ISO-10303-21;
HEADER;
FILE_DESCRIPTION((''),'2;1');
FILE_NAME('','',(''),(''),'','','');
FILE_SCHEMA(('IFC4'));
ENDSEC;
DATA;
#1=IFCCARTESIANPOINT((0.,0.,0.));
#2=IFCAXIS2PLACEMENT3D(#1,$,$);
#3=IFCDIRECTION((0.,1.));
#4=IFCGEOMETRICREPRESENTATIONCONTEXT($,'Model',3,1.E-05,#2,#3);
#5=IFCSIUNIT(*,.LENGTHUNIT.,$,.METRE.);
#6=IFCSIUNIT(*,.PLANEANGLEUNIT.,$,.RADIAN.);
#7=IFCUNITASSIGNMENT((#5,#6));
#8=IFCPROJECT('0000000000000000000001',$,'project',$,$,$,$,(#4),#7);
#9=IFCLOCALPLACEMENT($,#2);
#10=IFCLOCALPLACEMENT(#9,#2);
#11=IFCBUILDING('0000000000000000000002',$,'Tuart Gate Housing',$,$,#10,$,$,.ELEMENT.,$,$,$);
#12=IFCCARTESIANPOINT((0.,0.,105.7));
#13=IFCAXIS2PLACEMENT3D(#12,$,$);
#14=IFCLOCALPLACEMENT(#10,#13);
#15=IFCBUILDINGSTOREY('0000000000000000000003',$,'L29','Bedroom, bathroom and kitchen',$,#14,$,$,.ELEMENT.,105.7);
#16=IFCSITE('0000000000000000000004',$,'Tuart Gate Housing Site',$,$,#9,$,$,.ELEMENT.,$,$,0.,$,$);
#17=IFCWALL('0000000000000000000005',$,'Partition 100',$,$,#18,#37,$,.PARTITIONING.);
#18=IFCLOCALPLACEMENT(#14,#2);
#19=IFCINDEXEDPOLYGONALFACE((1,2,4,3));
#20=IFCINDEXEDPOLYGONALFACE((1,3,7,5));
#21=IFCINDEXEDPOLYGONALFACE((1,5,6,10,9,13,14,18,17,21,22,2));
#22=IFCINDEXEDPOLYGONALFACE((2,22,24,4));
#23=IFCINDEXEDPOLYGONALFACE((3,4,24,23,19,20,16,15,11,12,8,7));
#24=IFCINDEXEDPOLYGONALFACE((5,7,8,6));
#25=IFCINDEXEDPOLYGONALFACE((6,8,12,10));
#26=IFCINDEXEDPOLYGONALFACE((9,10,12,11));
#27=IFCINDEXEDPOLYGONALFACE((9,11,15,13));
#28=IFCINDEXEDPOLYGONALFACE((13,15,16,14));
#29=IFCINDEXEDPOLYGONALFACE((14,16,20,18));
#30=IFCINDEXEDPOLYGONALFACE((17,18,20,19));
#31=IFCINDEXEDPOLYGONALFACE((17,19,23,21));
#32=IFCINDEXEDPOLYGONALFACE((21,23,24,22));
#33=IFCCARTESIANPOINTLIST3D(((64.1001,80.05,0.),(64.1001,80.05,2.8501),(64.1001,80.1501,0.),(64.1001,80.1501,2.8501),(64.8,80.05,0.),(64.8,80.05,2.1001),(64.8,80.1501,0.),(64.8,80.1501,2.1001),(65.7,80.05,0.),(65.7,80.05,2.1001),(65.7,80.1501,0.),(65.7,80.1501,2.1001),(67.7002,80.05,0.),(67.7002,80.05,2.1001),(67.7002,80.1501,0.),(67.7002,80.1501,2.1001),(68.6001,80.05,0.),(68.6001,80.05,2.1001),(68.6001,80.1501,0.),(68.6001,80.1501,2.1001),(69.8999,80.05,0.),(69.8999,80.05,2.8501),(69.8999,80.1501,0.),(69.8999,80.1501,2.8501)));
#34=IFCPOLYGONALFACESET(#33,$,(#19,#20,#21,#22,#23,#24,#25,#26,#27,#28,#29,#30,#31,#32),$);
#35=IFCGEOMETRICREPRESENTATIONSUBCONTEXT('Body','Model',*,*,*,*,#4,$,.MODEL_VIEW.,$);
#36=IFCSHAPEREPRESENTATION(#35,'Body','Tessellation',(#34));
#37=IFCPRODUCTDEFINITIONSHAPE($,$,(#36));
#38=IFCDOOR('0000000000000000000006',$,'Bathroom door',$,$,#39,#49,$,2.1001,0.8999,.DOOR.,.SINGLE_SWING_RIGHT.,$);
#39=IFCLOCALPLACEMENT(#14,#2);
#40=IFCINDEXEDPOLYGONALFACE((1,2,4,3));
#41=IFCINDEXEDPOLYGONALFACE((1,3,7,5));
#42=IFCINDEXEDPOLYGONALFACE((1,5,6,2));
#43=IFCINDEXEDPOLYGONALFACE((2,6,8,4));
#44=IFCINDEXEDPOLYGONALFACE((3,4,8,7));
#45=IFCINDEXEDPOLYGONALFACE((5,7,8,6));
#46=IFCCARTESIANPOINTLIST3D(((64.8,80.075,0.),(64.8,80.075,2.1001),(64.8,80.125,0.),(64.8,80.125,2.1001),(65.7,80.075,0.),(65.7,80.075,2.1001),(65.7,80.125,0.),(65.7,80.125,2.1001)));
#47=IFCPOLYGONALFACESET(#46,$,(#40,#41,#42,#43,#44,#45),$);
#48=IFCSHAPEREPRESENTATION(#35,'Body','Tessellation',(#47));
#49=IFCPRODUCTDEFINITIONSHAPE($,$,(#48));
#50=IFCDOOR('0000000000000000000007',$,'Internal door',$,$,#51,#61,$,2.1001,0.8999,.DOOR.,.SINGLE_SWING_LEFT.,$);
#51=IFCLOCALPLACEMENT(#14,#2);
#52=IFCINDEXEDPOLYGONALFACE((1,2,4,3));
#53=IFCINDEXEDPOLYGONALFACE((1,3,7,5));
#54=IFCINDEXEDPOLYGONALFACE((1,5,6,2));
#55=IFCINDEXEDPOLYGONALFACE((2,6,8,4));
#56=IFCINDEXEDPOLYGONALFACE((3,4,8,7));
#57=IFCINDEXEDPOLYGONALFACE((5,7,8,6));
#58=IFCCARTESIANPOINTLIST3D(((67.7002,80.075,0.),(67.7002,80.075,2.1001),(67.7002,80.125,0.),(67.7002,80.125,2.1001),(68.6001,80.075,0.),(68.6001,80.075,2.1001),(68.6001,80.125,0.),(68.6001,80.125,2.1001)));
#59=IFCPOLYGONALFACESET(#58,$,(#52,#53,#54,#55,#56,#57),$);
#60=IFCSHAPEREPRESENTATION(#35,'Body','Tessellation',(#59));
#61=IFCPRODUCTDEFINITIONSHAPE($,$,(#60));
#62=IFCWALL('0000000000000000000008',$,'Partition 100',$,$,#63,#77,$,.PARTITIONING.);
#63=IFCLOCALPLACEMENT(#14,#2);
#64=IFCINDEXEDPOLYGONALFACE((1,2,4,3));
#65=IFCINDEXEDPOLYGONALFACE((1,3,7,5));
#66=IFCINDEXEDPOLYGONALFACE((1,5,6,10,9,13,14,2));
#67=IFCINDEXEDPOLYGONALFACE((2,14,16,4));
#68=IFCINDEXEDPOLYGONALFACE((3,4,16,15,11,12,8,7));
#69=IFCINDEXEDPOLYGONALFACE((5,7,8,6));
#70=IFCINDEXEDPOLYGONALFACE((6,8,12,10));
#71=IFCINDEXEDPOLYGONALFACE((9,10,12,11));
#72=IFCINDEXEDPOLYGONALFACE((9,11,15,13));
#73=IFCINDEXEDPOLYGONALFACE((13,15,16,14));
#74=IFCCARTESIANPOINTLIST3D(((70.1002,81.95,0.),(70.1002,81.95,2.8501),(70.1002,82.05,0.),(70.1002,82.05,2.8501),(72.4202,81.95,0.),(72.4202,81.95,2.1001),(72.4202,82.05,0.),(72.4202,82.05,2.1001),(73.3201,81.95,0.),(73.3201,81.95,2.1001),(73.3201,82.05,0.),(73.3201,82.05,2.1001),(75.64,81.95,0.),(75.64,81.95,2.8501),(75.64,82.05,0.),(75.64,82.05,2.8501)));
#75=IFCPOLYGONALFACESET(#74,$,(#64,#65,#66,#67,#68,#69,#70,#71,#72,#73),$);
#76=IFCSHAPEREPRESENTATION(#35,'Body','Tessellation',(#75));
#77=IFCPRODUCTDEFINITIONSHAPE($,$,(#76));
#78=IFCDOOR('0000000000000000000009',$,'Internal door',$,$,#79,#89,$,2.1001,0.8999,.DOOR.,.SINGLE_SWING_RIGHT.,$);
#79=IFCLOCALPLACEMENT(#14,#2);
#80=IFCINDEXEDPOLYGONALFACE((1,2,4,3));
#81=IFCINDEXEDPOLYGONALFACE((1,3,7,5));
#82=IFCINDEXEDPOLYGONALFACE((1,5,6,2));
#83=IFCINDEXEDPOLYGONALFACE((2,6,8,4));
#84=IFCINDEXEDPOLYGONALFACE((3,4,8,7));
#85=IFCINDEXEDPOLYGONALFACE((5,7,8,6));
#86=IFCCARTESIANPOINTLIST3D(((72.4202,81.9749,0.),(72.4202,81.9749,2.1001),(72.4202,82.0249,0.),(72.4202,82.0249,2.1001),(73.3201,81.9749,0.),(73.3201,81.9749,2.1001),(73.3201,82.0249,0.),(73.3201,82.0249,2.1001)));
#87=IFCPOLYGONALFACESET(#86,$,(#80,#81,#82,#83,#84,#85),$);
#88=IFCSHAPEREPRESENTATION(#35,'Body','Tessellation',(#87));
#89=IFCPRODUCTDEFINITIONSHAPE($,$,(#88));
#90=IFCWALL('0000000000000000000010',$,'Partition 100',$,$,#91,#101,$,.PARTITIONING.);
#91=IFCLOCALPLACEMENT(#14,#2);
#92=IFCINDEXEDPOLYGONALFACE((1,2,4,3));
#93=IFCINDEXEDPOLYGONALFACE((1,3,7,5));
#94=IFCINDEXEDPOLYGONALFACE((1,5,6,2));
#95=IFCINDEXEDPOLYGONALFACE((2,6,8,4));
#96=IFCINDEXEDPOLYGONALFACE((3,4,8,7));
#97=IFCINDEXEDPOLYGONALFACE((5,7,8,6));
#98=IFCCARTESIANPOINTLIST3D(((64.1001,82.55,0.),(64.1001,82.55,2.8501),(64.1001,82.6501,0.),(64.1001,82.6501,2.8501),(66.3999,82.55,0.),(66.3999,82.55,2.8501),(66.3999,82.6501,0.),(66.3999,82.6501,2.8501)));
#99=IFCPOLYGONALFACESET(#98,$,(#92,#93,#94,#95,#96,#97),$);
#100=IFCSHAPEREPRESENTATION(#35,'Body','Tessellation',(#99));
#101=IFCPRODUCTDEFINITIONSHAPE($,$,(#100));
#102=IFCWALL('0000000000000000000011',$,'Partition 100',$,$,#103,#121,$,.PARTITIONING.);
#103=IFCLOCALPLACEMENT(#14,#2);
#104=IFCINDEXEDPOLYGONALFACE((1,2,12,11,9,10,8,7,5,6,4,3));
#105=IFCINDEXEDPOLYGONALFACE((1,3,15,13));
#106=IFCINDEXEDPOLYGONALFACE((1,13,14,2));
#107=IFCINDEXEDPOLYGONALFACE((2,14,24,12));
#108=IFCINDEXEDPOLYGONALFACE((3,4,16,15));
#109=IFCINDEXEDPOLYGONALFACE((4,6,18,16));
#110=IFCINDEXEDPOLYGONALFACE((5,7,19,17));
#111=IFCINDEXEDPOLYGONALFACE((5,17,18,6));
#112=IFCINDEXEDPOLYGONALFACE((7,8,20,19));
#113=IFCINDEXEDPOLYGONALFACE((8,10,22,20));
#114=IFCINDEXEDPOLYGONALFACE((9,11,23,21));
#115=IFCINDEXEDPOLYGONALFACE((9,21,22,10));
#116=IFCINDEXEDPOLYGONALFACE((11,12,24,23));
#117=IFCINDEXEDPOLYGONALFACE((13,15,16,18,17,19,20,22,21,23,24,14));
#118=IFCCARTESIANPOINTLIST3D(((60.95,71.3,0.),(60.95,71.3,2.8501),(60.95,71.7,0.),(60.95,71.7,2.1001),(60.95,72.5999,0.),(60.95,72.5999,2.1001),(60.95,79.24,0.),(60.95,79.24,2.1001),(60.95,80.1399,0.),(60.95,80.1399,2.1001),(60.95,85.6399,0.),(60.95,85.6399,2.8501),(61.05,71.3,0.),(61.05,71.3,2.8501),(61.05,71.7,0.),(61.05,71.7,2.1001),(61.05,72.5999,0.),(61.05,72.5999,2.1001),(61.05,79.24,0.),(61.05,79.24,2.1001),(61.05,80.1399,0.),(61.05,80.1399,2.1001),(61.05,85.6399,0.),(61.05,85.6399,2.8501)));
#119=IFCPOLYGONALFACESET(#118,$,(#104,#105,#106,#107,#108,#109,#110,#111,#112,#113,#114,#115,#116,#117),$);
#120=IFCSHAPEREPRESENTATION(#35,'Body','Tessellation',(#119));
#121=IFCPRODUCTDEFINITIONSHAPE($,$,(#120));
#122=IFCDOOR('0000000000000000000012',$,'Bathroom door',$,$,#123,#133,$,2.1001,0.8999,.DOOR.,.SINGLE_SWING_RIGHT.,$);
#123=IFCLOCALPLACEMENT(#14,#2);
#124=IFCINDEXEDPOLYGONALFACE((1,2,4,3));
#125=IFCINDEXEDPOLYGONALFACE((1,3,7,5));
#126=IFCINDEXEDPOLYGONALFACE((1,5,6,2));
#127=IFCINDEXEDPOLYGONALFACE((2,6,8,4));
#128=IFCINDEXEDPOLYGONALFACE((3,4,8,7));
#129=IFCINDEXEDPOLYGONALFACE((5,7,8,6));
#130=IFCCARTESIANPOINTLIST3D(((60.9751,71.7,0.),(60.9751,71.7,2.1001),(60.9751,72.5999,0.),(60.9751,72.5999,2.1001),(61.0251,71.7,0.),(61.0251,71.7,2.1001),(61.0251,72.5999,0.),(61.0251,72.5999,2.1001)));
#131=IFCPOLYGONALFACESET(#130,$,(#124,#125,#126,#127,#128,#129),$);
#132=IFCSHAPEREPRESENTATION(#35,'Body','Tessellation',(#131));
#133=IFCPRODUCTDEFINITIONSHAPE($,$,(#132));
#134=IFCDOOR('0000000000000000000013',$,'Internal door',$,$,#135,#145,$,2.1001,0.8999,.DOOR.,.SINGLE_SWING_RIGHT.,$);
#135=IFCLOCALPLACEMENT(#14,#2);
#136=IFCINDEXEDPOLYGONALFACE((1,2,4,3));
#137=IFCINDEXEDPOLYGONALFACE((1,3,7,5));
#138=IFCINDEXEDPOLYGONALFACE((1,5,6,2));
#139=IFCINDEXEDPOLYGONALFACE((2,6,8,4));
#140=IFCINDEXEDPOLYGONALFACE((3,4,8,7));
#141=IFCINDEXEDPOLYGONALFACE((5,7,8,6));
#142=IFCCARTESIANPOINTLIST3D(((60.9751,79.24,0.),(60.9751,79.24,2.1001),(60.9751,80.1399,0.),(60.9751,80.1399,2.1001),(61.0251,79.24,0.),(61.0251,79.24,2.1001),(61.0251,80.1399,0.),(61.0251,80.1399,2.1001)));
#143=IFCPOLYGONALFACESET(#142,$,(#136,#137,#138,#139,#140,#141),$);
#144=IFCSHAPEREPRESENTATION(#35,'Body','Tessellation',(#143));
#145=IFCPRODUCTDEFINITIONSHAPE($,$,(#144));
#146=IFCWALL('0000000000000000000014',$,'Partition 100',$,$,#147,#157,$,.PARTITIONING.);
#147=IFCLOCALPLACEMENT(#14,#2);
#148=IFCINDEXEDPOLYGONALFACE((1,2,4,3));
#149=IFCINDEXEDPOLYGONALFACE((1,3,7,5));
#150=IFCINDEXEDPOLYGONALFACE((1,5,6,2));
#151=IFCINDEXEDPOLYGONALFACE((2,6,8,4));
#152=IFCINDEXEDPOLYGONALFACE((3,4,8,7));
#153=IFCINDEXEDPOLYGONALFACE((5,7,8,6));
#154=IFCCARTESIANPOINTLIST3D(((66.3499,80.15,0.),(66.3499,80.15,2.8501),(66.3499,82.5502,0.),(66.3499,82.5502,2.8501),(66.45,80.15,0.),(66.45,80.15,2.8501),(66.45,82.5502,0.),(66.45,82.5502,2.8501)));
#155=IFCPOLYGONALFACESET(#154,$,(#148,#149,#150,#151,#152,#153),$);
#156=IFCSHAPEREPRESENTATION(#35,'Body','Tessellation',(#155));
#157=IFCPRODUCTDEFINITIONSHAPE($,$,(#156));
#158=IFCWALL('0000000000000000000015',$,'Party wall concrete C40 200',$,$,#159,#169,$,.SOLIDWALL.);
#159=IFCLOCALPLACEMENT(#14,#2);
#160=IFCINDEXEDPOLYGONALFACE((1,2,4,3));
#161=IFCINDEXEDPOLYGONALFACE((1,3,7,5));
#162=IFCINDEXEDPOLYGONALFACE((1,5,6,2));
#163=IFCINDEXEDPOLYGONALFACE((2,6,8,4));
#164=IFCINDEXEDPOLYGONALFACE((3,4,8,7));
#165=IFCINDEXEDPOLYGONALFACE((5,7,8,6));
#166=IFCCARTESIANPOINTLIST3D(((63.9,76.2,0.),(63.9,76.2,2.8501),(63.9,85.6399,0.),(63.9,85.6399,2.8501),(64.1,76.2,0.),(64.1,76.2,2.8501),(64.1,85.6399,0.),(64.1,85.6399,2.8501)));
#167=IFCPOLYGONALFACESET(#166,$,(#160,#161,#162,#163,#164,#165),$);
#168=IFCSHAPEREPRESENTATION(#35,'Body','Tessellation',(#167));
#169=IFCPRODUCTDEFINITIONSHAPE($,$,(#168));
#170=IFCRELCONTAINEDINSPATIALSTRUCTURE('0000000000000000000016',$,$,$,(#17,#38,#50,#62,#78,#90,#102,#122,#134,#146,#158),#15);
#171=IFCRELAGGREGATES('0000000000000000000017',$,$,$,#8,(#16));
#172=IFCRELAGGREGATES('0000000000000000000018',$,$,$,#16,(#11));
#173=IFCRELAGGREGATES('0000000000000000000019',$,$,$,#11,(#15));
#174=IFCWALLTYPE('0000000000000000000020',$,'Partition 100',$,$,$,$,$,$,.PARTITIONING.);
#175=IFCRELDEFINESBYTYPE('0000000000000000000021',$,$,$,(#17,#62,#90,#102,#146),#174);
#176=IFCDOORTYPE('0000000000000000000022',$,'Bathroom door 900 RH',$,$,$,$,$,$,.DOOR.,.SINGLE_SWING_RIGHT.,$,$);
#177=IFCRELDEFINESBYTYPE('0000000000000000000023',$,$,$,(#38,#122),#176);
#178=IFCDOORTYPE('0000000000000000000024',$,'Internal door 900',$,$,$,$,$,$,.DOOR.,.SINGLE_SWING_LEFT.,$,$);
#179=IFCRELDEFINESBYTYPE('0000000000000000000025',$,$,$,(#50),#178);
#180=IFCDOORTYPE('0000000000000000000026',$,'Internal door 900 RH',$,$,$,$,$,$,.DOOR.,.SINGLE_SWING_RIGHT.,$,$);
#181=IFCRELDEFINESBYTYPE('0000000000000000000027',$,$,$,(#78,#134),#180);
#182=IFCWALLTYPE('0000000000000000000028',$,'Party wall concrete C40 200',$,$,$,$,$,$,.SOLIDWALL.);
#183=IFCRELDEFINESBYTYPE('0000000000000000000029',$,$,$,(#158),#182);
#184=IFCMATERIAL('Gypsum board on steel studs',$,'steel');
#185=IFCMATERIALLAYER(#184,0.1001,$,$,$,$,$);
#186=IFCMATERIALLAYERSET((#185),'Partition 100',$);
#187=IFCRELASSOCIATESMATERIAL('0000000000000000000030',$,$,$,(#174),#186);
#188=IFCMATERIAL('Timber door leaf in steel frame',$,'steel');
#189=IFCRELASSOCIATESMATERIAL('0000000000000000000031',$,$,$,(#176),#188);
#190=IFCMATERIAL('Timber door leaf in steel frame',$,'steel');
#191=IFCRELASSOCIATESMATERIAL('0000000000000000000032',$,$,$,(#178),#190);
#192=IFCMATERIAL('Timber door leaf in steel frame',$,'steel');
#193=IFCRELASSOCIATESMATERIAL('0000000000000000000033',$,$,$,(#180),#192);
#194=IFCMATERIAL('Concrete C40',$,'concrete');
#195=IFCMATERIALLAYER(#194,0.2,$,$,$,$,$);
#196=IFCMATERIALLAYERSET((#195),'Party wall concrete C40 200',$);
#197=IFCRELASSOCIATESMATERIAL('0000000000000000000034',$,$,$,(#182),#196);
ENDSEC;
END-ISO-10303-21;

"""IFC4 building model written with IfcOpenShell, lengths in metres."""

from ifc_helpers import new_model, si_unit, direction, frame, frame_2d, origin, place, context, subcontext, project, spatial, rectangle, extrude, material, layer, layer_set, type_object, element, fill, save


model = new_model("IFC4")

# Units and contexts
model_context = context("Model", 3, precision=1e-05, world=origin(), true_north=direction((0.0, 1.0)))
body_context = subcontext(model_context, "Body", "Model", "MODEL_VIEW")
ifc_project = project(units=[si_unit("LENGTHUNIT", "METRE"), si_unit("PLANEANGLEUNIT", "RADIAN")], contexts=[model_context])

# Site, building, storey
site_placement = place(None, origin())
site = spatial("IfcSite", under=ifc_project, at=site_placement, Name="Tuart Gate Housing Site", CompositionType="ELEMENT", RefElevation=0.0)
building_placement = place(site_placement, origin())
building = spatial("IfcBuilding", under=site, at=building_placement, Name="Tuart Gate Housing", CompositionType="ELEMENT")
storey_placement = place(building_placement, frame((0.0, 0.0, 105.7)))
storey = spatial("IfcBuildingStorey", under=building, at=storey_placement, Name="L29", Description="Bedroom, bathroom and kitchen", CompositionType="ELEMENT", Elevation=105.7)

# Shared definitions
ifc_material_1 = material(Name="Gypsum board on steel studs", Category="steel")
ifc_layer_1 = layer(ifc_material_1, 0.1001)
ifc_layer_set_1 = layer_set([ifc_layer_1], Name="Partition 100")
wall_type_1 = type_object("IfcWallType", Name="Partition 100", PredefinedType="PARTITIONING", material=ifc_layer_set_1)

# Wall, openings, doors
wall_1_placement = place(storey_placement, frame((64.1001, 80.1001, 0.0), z_axis=(0.0, 0.0, 1.0), x_axis=(1.0, 0.0, 0.0)))
wall_1 = element("IfcWall", 1, at=wall_1_placement, inside=storey, type_object=wall_type_1, Name="Partition 100", PredefinedType="PARTITIONING", context=body_context, shape_type="SweptSolid", body=[
    extrude(rectangle(XDim=5.7998, YDim=0.1001, at=frame_2d((2.8999, 0.0))), origin(), (0.0, 0.0, 1.0), 2.8501),
])
opening_1_placement = place(wall_1_placement, frame((3.6001, 0.0, 0.0)))
opening_1 = element("IfcOpeningElement", 2, at=opening_1_placement, cuts=wall_1, PredefinedType="OPENING", context=body_context, shape_type="SweptSolid", body=[
    extrude(rectangle(XDim=0.8999, YDim=2.1001, at=frame_2d((0.45, 1.05))), frame((0.0, 0.0601, 0.0), z_axis=(0.0, -1.0, 0.0), x_axis=(1.0, 0.0, 0.0)), (0.0, 0.0, 1.0), 0.1201),
])
opening_2_placement = place(wall_1_placement, frame((0.7, 0.0, 0.0)))
opening_2 = element("IfcOpeningElement", 3, at=opening_2_placement, cuts=wall_1, PredefinedType="OPENING", context=body_context, shape_type="SweptSolid", body=[
    extrude(rectangle(XDim=0.8999, YDim=2.1001, at=frame_2d((0.45, 1.05))), frame((0.0, 0.0601, 0.0), z_axis=(0.0, -1.0, 0.0), x_axis=(1.0, 0.0, 0.0)), (0.0, 0.0, 1.0), 0.1201),
])
ifc_material_2 = material(Name="Timber door leaf in steel frame", Category="steel")
door_type_1 = type_object("IfcDoorType", Name="Bathroom door 900 RH", OperationType="SINGLE_SWING_RIGHT", PredefinedType="DOOR", material=ifc_material_2)
door_1_placement = place(opening_2_placement, origin())
door_1 = element("IfcDoor", 4, at=door_1_placement, inside=storey, type_object=door_type_1, Name="Bathroom door", OperationType="SINGLE_SWING_RIGHT", OverallHeight=2.1001, OverallWidth=0.8999, PredefinedType="DOOR", context=body_context, shape_type="SweptSolid", body=[
    extrude(rectangle(XDim=0.8999, YDim=2.1001, at=frame_2d((0.45, 1.05))), frame((0.0, 0.0249, 0.0), z_axis=(0.0, -1.0, 0.0), x_axis=(1.0, 0.0, 0.0)), (0.0, 0.0, 1.0), 0.05),
])
fill(opening_2, door_1)
ifc_material_3 = material(Name="Timber door leaf in steel frame", Category="steel")
door_type_2 = type_object("IfcDoorType", Name="Internal door 900", OperationType="SINGLE_SWING_LEFT", PredefinedType="DOOR", material=ifc_material_3)
door_2_placement = place(opening_1_placement, origin())
door_2 = element("IfcDoor", 5, at=door_2_placement, inside=storey, type_object=door_type_2, Name="Internal door", OperationType="SINGLE_SWING_LEFT", OverallHeight=2.1001, OverallWidth=0.8999, PredefinedType="DOOR", context=body_context, shape_type="SweptSolid", body=[
    extrude(rectangle(XDim=0.8999, YDim=2.1001, at=frame_2d((0.45, 1.05))), frame((0.0, 0.0249, 0.0), z_axis=(0.0, -1.0, 0.0), x_axis=(1.0, 0.0, 0.0)), (0.0, 0.0, 1.0), 0.05),
])
fill(opening_1, door_2)

# Wall, opening, door
wall_2_placement = place(storey_placement, frame((70.1001, 82.0, 0.0), z_axis=(0.0, 0.0, 1.0), x_axis=(1.0, 0.0, 0.0)))
wall_2 = element("IfcWall", 6, at=wall_2_placement, inside=storey, type_object=wall_type_1, Name="Partition 100", PredefinedType="PARTITIONING", context=body_context, shape_type="SweptSolid", body=[
    extrude(rectangle(XDim=5.5398, YDim=0.1001, at=frame_2d((2.77, 0.0))), origin(), (0.0, 0.0, 1.0), 2.8501),
])
opening_3_placement = place(wall_2_placement, frame((2.3201, 0.0, 0.0)))
opening_3 = element("IfcOpeningElement", 7, at=opening_3_placement, cuts=wall_2, PredefinedType="OPENING", context=body_context, shape_type="SweptSolid", body=[
    extrude(rectangle(XDim=0.8999, YDim=2.1001, at=frame_2d((0.45, 1.05))), frame((0.0, 0.0601, 0.0), z_axis=(0.0, -1.0, 0.0), x_axis=(1.0, 0.0, 0.0)), (0.0, 0.0, 1.0), 0.1201),
])
ifc_material_4 = material(Name="Timber door leaf in steel frame", Category="steel")
door_type_3 = type_object("IfcDoorType", Name="Internal door 900 RH", OperationType="SINGLE_SWING_RIGHT", PredefinedType="DOOR", material=ifc_material_4)
door_3_placement = place(opening_3_placement, origin())
door_3 = element("IfcDoor", 8, at=door_3_placement, inside=storey, type_object=door_type_3, Name="Internal door", OperationType="SINGLE_SWING_RIGHT", OverallHeight=2.1001, OverallWidth=0.8999, PredefinedType="DOOR", context=body_context, shape_type="SweptSolid", body=[
    extrude(rectangle(XDim=0.8999, YDim=2.1001, at=frame_2d((0.45, 1.05))), frame((0.0, 0.0249, 0.0), z_axis=(0.0, -1.0, 0.0), x_axis=(1.0, 0.0, 0.0)), (0.0, 0.0, 1.0), 0.05),
])
fill(opening_3, door_3)

# Wall
wall_3_placement = place(storey_placement, frame((64.1001, 82.6001, 0.0), z_axis=(0.0, 0.0, 1.0), x_axis=(1.0, 0.0, 0.0)))
element("IfcWall", 9, at=wall_3_placement, inside=storey, type_object=wall_type_1, Name="Partition 100", PredefinedType="PARTITIONING", context=body_context, shape_type="SweptSolid", body=[
    extrude(rectangle(XDim=2.2998, YDim=0.1001, at=frame_2d((1.1499, 0.0))), origin(), (0.0, 0.0, 1.0), 2.8501),
])

# Wall, openings, doors
wall_4_placement = place(storey_placement, frame((61.0, 71.3, 0.0), z_axis=(0.0, 0.0, 1.0), x_axis=(0.0, 1.0, 0.0)))
wall_4 = element("IfcWall", 10, at=wall_4_placement, inside=storey, type_object=wall_type_1, Name="Partition 100", PredefinedType="PARTITIONING", context=body_context, shape_type="SweptSolid", body=[
    extrude(rectangle(XDim=14.3398, YDim=0.1001, at=frame_2d((7.1699, 0.0))), origin(), (0.0, 0.0, 1.0), 2.8501),
])
opening_4_placement = place(wall_4_placement, frame((7.9399, 0.0, 0.0)))
opening_4 = element("IfcOpeningElement", 11, at=opening_4_placement, cuts=wall_4, PredefinedType="OPENING", context=body_context, shape_type="SweptSolid", body=[
    extrude(rectangle(XDim=0.8999, YDim=2.1001, at=frame_2d((0.45, 1.05))), frame((0.0, 0.0601, 0.0), z_axis=(0.0, -1.0, 0.0), x_axis=(1.0, 0.0, 0.0)), (0.0, 0.0, 1.0), 0.1201),
])
opening_5_placement = place(wall_4_placement, frame((0.3999, 0.0, 0.0)))
opening_5 = element("IfcOpeningElement", 12, at=opening_5_placement, cuts=wall_4, PredefinedType="OPENING", context=body_context, shape_type="SweptSolid", body=[
    extrude(rectangle(XDim=0.8999, YDim=2.1001, at=frame_2d((0.45, 1.05))), frame((0.0, 0.0601, 0.0), z_axis=(0.0, -1.0, 0.0), x_axis=(1.0, 0.0, 0.0)), (0.0, 0.0, 1.0), 0.1201),
])
door_4_placement = place(opening_5_placement, frame((0.8999, 0.0, 0.0), z_axis=(0.0, 0.0, 1.0), x_axis=(-1.0, 0.0, 0.0)))
door_4 = element("IfcDoor", 13, at=door_4_placement, inside=storey, type_object=door_type_1, Name="Bathroom door", OperationType="SINGLE_SWING_RIGHT", OverallHeight=2.1001, OverallWidth=0.8999, PredefinedType="DOOR", context=body_context, shape_type="SweptSolid", body=[
    extrude(rectangle(XDim=0.8999, YDim=2.1001, at=frame_2d((0.45, 1.05))), frame((0.0, 0.0251, 0.0), z_axis=(0.0, -1.0, 0.0), x_axis=(1.0, 0.0, 0.0)), (0.0, 0.0, 1.0), 0.05),
])
fill(opening_5, door_4)
door_5_placement = place(opening_4_placement, frame((0.8999, 0.0, 0.0), z_axis=(0.0, 0.0, 1.0), x_axis=(-1.0, 0.0, 0.0)))
door_5 = element("IfcDoor", 14, at=door_5_placement, inside=storey, type_object=door_type_3, Name="Internal door", OperationType="SINGLE_SWING_RIGHT", OverallHeight=2.1001, OverallWidth=0.8999, PredefinedType="DOOR", context=body_context, shape_type="SweptSolid", body=[
    extrude(rectangle(XDim=0.8999, YDim=2.1001, at=frame_2d((0.45, 1.05))), frame((0.0, 0.0251, 0.0), z_axis=(0.0, -1.0, 0.0), x_axis=(1.0, 0.0, 0.0)), (0.0, 0.0, 1.0), 0.05),
])
fill(opening_4, door_5)

# Walls
wall_5_placement = place(storey_placement, frame((66.3999, 80.1499, 0.0), z_axis=(0.0, 0.0, 1.0), x_axis=(0.0, 1.0, 0.0)))
element("IfcWall", 15, at=wall_5_placement, inside=storey, type_object=wall_type_1, Name="Partition 100", PredefinedType="PARTITIONING", context=body_context, shape_type="SweptSolid", body=[
    extrude(rectangle(XDim=2.4001, YDim=0.1001, at=frame_2d((1.2002, 0.0))), origin(), (0.0, 0.0, 1.0), 2.8501),
])
ifc_material_5 = material(Name="Concrete C40", Category="concrete")
ifc_layer_2 = layer(ifc_material_5, 0.2)
ifc_layer_set_2 = layer_set([ifc_layer_2], Name="Party wall concrete C40 200")
wall_type_2 = type_object("IfcWallType", Name="Party wall concrete C40 200", PredefinedType="SOLIDWALL", material=ifc_layer_set_2)
wall_6_placement = place(storey_placement, frame((64.0, 76.2, 0.0), z_axis=(0.0, 0.0, 1.0), x_axis=(0.0, 1.0, 0.0)))
element("IfcWall", 16, at=wall_6_placement, inside=storey, type_object=wall_type_2, Name="Party wall concrete C40 200", PredefinedType="SOLIDWALL", context=body_context, shape_type="SweptSolid", body=[
    extrude(rectangle(XDim=9.4399, YDim=0.2, at=frame_2d((4.72, 0.0))), origin(), (0.0, 0.0, 1.0), 2.8501),
])

save(model, "model.ifc")
